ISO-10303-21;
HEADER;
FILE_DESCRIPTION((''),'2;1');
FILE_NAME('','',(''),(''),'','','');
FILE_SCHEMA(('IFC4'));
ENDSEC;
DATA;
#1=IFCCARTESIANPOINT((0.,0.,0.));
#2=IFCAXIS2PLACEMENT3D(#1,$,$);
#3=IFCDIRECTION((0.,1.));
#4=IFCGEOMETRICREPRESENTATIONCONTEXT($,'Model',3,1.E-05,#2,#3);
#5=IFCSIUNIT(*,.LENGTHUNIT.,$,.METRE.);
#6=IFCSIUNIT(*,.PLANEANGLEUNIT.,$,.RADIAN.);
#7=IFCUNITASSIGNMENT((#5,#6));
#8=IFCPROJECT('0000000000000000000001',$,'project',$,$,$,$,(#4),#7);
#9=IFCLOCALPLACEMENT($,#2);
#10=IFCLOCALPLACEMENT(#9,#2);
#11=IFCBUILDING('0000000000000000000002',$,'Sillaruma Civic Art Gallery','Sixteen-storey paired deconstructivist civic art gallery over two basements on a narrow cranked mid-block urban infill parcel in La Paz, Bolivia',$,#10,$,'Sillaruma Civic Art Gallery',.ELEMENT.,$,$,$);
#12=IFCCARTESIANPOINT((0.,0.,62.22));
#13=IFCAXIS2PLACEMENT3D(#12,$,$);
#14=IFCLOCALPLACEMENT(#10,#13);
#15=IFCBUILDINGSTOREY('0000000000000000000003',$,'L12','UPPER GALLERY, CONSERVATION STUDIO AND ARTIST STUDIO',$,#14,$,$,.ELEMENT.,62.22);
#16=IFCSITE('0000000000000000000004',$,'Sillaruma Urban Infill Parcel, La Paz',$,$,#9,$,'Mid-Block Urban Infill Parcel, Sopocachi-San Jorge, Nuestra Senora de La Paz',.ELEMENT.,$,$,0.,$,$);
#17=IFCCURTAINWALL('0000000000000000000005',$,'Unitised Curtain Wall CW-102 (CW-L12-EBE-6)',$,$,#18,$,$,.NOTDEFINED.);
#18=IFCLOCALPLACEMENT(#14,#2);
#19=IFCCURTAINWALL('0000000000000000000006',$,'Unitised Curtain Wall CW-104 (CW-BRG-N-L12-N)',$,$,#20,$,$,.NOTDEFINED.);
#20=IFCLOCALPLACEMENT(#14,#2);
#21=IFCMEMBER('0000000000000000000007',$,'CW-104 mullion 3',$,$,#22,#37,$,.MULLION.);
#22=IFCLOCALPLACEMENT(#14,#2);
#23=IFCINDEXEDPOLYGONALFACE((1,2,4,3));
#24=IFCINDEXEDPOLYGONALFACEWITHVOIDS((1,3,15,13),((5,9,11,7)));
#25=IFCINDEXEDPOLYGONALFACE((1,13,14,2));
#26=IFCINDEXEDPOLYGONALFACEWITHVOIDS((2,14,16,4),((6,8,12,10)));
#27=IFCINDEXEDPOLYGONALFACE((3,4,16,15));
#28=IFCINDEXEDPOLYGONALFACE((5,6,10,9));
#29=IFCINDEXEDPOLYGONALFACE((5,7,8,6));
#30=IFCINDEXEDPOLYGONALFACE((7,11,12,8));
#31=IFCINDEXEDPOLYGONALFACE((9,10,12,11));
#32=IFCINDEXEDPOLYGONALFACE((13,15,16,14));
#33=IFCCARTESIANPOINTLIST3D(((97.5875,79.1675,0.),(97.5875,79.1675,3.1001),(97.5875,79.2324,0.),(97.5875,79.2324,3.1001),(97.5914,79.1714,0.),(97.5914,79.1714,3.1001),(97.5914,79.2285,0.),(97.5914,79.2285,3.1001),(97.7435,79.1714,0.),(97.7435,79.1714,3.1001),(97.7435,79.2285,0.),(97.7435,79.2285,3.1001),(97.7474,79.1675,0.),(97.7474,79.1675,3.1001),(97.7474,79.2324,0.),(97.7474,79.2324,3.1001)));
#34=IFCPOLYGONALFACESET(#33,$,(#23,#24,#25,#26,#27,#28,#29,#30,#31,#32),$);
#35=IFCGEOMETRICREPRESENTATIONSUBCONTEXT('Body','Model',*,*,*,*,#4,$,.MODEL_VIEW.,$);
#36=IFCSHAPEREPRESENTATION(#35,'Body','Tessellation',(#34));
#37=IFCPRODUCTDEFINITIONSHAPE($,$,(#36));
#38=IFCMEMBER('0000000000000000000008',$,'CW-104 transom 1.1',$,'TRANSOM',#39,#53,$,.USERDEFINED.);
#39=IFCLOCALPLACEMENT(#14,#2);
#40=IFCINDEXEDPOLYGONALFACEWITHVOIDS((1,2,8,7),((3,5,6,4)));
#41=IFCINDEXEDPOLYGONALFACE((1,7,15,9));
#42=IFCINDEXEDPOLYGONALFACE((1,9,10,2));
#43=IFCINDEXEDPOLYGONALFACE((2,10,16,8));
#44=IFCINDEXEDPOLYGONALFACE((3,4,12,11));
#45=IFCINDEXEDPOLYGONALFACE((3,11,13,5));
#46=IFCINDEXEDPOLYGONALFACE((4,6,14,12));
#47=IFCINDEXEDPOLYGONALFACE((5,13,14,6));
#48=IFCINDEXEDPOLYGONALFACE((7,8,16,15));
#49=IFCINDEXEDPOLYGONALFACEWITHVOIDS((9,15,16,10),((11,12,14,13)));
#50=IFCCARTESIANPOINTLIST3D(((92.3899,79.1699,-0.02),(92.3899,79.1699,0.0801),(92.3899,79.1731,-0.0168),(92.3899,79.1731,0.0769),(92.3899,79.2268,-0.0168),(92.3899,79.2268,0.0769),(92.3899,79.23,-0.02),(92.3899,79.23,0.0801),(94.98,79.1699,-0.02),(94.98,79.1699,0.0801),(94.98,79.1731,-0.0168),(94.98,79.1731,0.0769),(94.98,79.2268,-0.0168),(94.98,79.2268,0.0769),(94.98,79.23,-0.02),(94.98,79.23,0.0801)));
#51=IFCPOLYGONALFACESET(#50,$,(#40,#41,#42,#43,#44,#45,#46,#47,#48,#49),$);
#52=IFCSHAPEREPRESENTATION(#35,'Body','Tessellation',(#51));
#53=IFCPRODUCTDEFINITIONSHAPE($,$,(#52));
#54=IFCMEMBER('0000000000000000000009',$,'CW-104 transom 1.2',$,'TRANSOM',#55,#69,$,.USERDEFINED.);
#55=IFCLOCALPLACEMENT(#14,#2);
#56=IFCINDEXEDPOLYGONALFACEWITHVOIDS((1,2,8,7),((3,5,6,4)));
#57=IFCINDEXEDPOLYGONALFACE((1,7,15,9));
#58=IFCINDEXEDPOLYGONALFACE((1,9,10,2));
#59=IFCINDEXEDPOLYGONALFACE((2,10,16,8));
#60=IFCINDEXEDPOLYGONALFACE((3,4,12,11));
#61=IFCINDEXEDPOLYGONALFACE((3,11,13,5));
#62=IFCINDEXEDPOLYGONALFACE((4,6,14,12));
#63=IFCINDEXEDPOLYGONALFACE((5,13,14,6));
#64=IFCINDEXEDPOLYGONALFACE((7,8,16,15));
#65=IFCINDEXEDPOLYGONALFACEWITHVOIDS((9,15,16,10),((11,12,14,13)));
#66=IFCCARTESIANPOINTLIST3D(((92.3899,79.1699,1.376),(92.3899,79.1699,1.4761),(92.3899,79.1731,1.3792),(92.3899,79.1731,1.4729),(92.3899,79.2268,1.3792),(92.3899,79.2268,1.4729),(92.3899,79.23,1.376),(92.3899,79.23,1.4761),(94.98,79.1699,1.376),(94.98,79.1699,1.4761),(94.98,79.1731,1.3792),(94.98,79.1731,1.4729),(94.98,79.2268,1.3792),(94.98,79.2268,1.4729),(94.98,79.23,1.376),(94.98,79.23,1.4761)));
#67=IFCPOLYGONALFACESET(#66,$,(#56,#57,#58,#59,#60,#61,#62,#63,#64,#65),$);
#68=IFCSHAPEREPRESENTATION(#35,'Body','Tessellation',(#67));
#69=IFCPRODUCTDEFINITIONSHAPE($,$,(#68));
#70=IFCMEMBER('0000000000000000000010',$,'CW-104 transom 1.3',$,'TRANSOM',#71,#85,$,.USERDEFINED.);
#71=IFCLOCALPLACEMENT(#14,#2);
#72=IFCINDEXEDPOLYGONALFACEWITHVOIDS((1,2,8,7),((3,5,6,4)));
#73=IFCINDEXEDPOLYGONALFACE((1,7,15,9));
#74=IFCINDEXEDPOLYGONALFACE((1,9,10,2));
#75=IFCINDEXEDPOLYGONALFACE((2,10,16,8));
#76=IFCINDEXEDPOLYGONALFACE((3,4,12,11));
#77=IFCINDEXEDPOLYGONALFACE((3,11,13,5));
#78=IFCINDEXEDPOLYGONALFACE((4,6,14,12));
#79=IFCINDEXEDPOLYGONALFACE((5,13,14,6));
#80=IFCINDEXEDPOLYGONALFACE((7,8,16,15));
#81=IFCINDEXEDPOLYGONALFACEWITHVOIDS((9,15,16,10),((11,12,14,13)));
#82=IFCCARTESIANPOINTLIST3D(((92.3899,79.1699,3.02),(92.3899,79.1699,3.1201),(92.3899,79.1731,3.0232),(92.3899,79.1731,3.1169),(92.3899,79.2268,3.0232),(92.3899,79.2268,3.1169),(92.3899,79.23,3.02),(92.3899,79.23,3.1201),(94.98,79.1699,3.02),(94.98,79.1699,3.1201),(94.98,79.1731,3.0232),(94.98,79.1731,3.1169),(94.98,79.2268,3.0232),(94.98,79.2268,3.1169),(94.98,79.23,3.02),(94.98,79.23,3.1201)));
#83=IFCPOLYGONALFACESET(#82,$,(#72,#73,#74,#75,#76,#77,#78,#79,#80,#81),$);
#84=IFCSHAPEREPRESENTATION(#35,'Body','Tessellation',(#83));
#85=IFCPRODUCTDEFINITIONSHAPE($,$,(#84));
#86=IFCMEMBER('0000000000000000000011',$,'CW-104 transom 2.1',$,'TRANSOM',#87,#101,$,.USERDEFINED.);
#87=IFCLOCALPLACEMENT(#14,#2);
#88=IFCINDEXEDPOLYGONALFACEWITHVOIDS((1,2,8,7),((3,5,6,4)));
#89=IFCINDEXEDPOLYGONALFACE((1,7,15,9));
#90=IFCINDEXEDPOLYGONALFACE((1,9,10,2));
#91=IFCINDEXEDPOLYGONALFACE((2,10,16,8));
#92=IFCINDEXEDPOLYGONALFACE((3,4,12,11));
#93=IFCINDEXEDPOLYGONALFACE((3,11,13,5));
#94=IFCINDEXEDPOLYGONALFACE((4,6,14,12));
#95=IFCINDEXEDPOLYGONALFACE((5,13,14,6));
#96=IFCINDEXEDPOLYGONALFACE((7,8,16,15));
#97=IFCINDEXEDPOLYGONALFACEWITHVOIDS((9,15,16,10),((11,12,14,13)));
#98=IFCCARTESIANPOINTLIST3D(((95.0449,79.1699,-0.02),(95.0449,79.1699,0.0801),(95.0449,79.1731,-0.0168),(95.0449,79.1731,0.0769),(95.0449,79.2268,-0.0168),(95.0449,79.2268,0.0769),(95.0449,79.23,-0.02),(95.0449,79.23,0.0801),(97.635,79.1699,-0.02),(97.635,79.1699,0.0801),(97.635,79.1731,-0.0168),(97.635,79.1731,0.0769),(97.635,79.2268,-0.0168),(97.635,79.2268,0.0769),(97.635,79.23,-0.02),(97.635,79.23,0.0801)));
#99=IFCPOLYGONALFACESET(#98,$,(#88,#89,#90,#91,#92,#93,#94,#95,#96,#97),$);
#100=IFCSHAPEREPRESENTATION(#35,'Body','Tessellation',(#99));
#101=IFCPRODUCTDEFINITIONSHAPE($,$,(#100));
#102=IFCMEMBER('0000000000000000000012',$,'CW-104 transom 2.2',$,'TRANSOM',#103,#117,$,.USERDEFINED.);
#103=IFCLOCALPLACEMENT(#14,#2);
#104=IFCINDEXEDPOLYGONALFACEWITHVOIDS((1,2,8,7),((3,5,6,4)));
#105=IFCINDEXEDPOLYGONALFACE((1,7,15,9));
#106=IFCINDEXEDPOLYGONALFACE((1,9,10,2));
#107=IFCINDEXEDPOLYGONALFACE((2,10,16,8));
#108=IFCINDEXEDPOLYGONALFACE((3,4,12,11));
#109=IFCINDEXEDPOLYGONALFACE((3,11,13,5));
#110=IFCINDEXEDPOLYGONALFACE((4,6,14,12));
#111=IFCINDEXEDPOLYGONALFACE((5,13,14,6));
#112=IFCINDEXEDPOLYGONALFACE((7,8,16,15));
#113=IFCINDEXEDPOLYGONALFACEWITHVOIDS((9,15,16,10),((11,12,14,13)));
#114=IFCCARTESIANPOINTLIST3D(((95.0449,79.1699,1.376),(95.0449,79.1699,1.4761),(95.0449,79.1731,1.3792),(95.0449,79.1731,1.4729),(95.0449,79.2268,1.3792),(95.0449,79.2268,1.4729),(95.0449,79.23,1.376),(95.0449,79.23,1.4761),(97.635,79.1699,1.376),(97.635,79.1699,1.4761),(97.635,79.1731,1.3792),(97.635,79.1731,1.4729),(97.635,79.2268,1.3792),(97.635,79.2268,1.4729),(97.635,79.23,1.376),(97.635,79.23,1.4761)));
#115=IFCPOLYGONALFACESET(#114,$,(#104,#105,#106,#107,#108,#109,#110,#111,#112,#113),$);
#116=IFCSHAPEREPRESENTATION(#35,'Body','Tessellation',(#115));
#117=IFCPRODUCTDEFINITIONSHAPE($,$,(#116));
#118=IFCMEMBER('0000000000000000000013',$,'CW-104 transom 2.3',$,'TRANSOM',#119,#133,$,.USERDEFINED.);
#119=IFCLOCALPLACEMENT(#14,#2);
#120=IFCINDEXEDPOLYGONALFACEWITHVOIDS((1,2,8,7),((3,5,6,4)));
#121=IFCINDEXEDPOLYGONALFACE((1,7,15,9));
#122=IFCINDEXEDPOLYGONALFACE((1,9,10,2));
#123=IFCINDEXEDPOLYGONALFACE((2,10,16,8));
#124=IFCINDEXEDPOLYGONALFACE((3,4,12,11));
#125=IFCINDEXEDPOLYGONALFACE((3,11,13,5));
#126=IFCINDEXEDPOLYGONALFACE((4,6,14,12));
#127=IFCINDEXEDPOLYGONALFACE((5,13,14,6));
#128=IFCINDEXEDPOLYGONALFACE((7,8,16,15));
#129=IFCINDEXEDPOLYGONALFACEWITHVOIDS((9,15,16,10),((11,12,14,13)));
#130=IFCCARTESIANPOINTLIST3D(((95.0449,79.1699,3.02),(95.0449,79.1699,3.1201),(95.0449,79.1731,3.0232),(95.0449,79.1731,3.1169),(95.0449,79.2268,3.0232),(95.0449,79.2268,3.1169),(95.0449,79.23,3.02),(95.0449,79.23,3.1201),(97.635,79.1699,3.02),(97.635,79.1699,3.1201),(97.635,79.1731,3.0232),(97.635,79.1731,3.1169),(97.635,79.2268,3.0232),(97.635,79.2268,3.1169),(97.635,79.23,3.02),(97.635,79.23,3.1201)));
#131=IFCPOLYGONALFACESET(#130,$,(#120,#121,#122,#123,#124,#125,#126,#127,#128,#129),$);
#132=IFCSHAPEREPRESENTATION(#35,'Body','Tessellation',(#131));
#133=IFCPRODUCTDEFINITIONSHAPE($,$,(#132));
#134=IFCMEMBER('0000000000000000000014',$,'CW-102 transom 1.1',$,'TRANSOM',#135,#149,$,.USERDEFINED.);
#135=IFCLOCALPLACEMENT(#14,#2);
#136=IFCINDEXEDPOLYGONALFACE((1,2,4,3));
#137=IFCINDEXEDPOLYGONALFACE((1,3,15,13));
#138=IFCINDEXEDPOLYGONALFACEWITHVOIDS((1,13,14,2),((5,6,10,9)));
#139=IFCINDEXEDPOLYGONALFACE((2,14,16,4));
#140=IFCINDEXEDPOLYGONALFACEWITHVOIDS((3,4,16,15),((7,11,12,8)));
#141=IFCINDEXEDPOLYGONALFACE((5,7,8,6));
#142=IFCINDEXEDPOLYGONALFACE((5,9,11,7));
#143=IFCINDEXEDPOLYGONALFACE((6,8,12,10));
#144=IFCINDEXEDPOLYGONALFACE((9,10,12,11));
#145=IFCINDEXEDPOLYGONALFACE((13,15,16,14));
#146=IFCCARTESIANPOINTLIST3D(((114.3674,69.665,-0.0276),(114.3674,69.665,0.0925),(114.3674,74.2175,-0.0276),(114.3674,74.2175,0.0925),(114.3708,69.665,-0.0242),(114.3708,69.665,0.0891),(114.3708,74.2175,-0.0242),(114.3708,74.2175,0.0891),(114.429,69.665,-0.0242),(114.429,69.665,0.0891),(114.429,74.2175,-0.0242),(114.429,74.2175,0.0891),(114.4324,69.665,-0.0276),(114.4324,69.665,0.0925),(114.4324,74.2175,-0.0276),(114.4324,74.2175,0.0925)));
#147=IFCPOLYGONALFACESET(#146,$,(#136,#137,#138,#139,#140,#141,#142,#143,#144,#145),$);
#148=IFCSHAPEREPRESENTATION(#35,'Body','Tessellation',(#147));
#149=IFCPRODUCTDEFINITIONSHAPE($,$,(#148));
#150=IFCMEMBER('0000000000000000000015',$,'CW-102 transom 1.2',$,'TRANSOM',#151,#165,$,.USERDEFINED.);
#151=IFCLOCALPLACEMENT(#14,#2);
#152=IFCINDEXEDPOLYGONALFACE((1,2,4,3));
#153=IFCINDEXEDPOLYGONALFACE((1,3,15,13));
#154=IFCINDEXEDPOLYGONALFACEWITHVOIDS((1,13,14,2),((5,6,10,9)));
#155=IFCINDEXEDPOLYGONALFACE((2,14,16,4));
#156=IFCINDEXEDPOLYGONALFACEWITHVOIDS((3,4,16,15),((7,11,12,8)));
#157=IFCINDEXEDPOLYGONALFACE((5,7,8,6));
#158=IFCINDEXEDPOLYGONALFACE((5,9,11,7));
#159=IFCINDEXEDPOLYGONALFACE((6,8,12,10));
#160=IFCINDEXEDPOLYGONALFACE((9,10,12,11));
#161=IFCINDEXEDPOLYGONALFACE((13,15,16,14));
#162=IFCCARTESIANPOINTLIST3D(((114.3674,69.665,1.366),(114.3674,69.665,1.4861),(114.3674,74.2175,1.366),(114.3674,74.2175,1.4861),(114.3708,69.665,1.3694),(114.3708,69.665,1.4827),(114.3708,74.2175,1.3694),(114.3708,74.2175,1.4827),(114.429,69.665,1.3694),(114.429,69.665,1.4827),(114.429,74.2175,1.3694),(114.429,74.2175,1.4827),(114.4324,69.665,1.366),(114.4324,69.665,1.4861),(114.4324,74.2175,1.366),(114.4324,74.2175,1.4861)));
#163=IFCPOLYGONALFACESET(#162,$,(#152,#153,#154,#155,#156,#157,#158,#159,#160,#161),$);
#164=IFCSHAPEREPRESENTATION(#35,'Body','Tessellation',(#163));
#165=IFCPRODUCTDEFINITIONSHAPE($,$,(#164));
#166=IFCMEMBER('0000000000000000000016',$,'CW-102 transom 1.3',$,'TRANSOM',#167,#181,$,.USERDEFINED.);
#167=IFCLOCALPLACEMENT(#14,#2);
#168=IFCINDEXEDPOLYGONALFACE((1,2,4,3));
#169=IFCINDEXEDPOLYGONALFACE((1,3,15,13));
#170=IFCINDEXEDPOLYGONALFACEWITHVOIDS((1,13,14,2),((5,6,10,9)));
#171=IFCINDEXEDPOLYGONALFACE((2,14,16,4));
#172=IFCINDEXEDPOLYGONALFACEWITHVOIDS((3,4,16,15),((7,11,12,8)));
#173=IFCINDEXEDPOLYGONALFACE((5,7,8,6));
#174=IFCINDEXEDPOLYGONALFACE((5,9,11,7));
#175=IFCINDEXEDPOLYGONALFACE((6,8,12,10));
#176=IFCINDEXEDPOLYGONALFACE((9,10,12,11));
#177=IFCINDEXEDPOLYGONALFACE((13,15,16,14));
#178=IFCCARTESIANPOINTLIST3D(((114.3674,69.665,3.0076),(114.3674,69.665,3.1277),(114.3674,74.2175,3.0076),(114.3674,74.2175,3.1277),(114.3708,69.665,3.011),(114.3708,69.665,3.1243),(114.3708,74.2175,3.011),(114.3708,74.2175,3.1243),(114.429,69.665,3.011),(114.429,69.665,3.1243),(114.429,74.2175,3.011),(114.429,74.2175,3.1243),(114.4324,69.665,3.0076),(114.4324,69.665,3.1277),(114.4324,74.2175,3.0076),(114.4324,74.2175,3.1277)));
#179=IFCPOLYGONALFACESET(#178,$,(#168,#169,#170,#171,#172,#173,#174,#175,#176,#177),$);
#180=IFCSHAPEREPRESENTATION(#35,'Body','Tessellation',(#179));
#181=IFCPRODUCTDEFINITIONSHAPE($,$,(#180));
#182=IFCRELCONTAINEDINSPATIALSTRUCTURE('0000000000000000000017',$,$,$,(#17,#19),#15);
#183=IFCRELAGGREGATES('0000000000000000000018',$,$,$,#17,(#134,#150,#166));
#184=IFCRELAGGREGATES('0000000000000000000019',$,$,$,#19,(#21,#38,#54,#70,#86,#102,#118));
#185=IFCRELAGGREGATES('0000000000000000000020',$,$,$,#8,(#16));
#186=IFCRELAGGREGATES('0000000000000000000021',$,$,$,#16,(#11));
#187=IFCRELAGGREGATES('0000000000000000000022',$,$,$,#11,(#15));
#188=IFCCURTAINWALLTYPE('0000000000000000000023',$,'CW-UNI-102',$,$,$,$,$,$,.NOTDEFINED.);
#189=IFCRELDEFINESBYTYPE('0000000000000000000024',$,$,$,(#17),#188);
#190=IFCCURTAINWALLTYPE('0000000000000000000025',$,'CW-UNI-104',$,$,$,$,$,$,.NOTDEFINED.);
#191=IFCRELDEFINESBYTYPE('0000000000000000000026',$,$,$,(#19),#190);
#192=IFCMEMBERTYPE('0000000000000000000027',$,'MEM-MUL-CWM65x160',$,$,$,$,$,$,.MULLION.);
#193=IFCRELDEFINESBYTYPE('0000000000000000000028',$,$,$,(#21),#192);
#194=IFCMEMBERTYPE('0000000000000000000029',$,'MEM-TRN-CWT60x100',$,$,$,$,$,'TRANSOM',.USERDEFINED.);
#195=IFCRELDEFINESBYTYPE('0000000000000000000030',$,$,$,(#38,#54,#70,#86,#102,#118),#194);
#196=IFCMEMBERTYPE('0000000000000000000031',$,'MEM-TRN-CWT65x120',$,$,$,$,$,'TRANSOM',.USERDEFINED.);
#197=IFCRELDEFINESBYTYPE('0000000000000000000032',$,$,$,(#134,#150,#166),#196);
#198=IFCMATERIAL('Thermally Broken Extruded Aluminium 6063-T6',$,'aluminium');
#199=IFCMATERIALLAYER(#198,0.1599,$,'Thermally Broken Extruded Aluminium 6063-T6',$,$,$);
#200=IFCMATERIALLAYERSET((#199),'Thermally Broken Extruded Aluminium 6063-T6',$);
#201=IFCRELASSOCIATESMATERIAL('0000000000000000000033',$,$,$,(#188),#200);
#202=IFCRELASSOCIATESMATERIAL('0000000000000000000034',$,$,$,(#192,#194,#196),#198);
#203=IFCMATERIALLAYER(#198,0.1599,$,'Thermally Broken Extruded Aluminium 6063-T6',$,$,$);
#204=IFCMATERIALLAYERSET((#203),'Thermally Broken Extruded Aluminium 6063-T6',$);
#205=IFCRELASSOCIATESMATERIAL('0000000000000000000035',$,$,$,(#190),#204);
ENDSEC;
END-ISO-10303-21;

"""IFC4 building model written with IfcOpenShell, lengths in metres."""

from ifc_helpers import new_model, si_unit, direction, frame, origin, origin_2d, place, context, subcontext, project, spatial, hollow_rectangle, extrude, material, layer, layer_set, material_profile, profile_set, type_object, element, aggregate, save


model = new_model("IFC4")

# Units and contexts
model_context = context("Model", 3, precision=1e-05, world=origin(), true_north=direction((0.0, 1.0)))
body_context = subcontext(model_context, "Body", "Model", "MODEL_VIEW")
ifc_project = project(units=[si_unit("LENGTHUNIT", "METRE"), si_unit("PLANEANGLEUNIT", "RADIAN")], contexts=[model_context])

# Site, building, storey
site_placement = place(None, origin())
site = spatial("IfcSite", under=ifc_project, at=site_placement, Name="Sillaruma Urban Infill Parcel, La Paz", LongName="Mid-Block Urban Infill Parcel, Sopocachi-San Jorge, Nuestra Senora de La Paz", CompositionType="ELEMENT", RefElevation=0.0)
building_placement = place(site_placement, origin())
building = spatial("IfcBuilding", under=site, at=building_placement, Name="Sillaruma Civic Art Gallery", Description="Sixteen-storey paired deconstructivist civic art gallery over two basements on a narrow cranked mid-block urban infill parcel in La Paz, Bolivia", LongName="Sillaruma Civic Art Gallery", CompositionType="ELEMENT")
storey_placement = place(building_placement, frame((0.0, 0.0, 62.22)))
storey = spatial("IfcBuildingStorey", under=building, at=storey_placement, Name="L12", Description="UPPER GALLERY, CONSERVATION STUDIO AND ARTIST STUDIO", CompositionType="ELEMENT", Elevation=62.22)

# Curtain walls, members
ifc_material_1 = material(Name="Thermally Broken Extruded Aluminium 6063-T6", Category="aluminium")
ifc_layer_1 = layer(ifc_material_1, 0.1599, Name="Thermally Broken Extruded Aluminium 6063-T6")
ifc_layer_set_1 = layer_set([ifc_layer_1], Name="Thermally Broken Extruded Aluminium 6063-T6")
curtain_wall_type_1 = type_object("IfcCurtainWallType", Name="CW-UNI-102", PredefinedType="NOTDEFINED", material=ifc_layer_set_1)
curtain_wall_1_placement = place(storey_placement, origin())
curtain_wall_1 = element("IfcCurtainWall", 1, at=curtain_wall_1_placement, inside=storey, type_object=curtain_wall_type_1, Name="Unitised Curtain Wall CW-102 (CW-L12-EBE-6)", PredefinedType="NOTDEFINED")
ifc_material_profile_1 = material_profile(ifc_material_1, hollow_rectangle(XDim=0.0649, YDim=0.1599, WallThickness=0.0039, at=origin_2d()), Name="CWM65x160")
ifc_profile_set_1 = profile_set([ifc_material_profile_1], Name="Thermally Broken Extruded Aluminium 6063-T6")
member_type_1 = type_object("IfcMemberType", Name="MEM-MUL-CWM65x160", PredefinedType="MULLION", material=ifc_profile_set_1)
ifc_layer_2 = layer(ifc_material_1, 0.1599, Name="Thermally Broken Extruded Aluminium 6063-T6")
ifc_layer_set_2 = layer_set([ifc_layer_2], Name="Thermally Broken Extruded Aluminium 6063-T6")
curtain_wall_type_2 = type_object("IfcCurtainWallType", Name="CW-UNI-104", PredefinedType="NOTDEFINED", material=ifc_layer_set_2)
curtain_wall_2_placement = place(storey_placement, origin())
curtain_wall_2 = element("IfcCurtainWall", 2, at=curtain_wall_2_placement, inside=storey, type_object=curtain_wall_type_2, Name="Unitised Curtain Wall CW-104 (CW-BRG-N-L12-N)", PredefinedType="NOTDEFINED")
member_1_placement = place(storey_placement, frame((97.6675, 79.2, 0.0), z_axis=(0.0, 0.0, 1.0), x_axis=(0.0, 1.0, 0.0)))
member_1 = element("IfcMember", 3, at=member_1_placement, type_object=member_type_1, Name="CW-104 mullion 3", PredefinedType="MULLION", context=body_context, shape_type="SweptSolid", body=[
    extrude(hollow_rectangle(XDim=0.0649, YDim=0.1599, WallThickness=0.0039, at=origin_2d()), origin(), (0.0, 0.0, 1.0), 3.1001),
])
ifc_material_profile_2 = material_profile(ifc_material_1, hollow_rectangle(XDim=0.0601, YDim=0.1001, WallThickness=0.0032, at=origin_2d()), Name="CWT60x100")
ifc_profile_set_2 = profile_set([ifc_material_profile_2], Name="Thermally Broken Extruded Aluminium 6063-T6")
member_type_2 = type_object("IfcMemberType", Name="MEM-TRN-CWT60x100", ElementType="TRANSOM", PredefinedType="USERDEFINED", material=ifc_profile_set_2)
member_2_placement = place(storey_placement, frame((92.3899, 79.2, 0.03), z_axis=(1.0, 0.0, 0.0), x_axis=(0.0, 1.0, 0.0)))
member_2 = element("IfcMember", 4, at=member_2_placement, type_object=member_type_2, Name="CW-104 transom 1.1", ObjectType="TRANSOM", PredefinedType="USERDEFINED", context=body_context, shape_type="SweptSolid", body=[
    extrude(hollow_rectangle(XDim=0.0601, YDim=0.1001, WallThickness=0.0032, at=origin_2d()), origin(), (0.0, 0.0, 1.0), 2.5901),
])
member_3_placement = place(storey_placement, frame((92.3899, 79.2, 1.426), z_axis=(1.0, 0.0, 0.0), x_axis=(0.0, 1.0, 0.0)))
member_3 = element("IfcMember", 5, at=member_3_placement, type_object=member_type_2, Name="CW-104 transom 1.2", ObjectType="TRANSOM", PredefinedType="USERDEFINED", context=body_context, shape_type="SweptSolid", body=[
    extrude(hollow_rectangle(XDim=0.0601, YDim=0.1001, WallThickness=0.0032, at=origin_2d()), origin(), (0.0, 0.0, 1.0), 2.5901),
])
member_4_placement = place(storey_placement, frame((92.3899, 79.2, 3.0701), z_axis=(1.0, 0.0, 0.0), x_axis=(0.0, 1.0, 0.0)))
member_4 = element("IfcMember", 6, at=member_4_placement, type_object=member_type_2, Name="CW-104 transom 1.3", ObjectType="TRANSOM", PredefinedType="USERDEFINED", context=body_context, shape_type="SweptSolid", body=[
    extrude(hollow_rectangle(XDim=0.0601, YDim=0.1001, WallThickness=0.0032, at=origin_2d()), origin(), (0.0, 0.0, 1.0), 2.5901),
])
member_5_placement = place(storey_placement, frame((95.0449, 79.2, 0.03), z_axis=(1.0, 0.0, 0.0), x_axis=(0.0, 1.0, 0.0)))
member_5 = element("IfcMember", 7, at=member_5_placement, type_object=member_type_2, Name="CW-104 transom 2.1", ObjectType="TRANSOM", PredefinedType="USERDEFINED", context=body_context, shape_type="SweptSolid", body=[
    extrude(hollow_rectangle(XDim=0.0601, YDim=0.1001, WallThickness=0.0032, at=origin_2d()), origin(), (0.0, 0.0, 1.0), 2.5901),
])
member_6_placement = place(storey_placement, frame((95.0449, 79.2, 1.426), z_axis=(1.0, 0.0, 0.0), x_axis=(0.0, 1.0, 0.0)))
member_6 = element("IfcMember", 8, at=member_6_placement, type_object=member_type_2, Name="CW-104 transom 2.2", ObjectType="TRANSOM", PredefinedType="USERDEFINED", context=body_context, shape_type="SweptSolid", body=[
    extrude(hollow_rectangle(XDim=0.0601, YDim=0.1001, WallThickness=0.0032, at=origin_2d()), origin(), (0.0, 0.0, 1.0), 2.5901),
])
member_7_placement = place(storey_placement, frame((95.0449, 79.2, 3.0701), z_axis=(1.0, 0.0, 0.0), x_axis=(0.0, 1.0, 0.0)))
member_7 = element("IfcMember", 9, at=member_7_placement, type_object=member_type_2, Name="CW-104 transom 2.3", ObjectType="TRANSOM", PredefinedType="USERDEFINED", context=body_context, shape_type="SweptSolid", body=[
    extrude(hollow_rectangle(XDim=0.0601, YDim=0.1001, WallThickness=0.0032, at=origin_2d()), origin(), (0.0, 0.0, 1.0), 2.5901),
])

# Members
ifc_material_profile_3 = material_profile(ifc_material_1, hollow_rectangle(XDim=0.0649, YDim=0.1201, WallThickness=0.0034, at=origin_2d()), Name="CWT65x120")
ifc_profile_set_3 = profile_set([ifc_material_profile_3], Name="Thermally Broken Extruded Aluminium 6063-T6")
member_type_3 = type_object("IfcMemberType", Name="MEM-TRN-CWT65x120", ElementType="TRANSOM", PredefinedType="USERDEFINED", material=ifc_profile_set_3)
member_8_placement = place(storey_placement, frame((114.3999, 69.665, 0.0325), z_axis=(0.0, 1.0, 0.0), x_axis=(-1.0, 0.0, 0.0)))
member_8 = element("IfcMember", 10, at=member_8_placement, type_object=member_type_3, Name="CW-102 transom 1.1", ObjectType="TRANSOM", PredefinedType="USERDEFINED", context=body_context, shape_type="SweptSolid", body=[
    extrude(hollow_rectangle(XDim=0.0649, YDim=0.1201, WallThickness=0.0034, at=origin_2d()), origin(), (0.0, 0.0, 1.0), 4.5525),
])
member_9_placement = place(storey_placement, frame((114.3999, 69.665, 1.426), z_axis=(0.0, 1.0, 0.0), x_axis=(-1.0, 0.0, 0.0)))
member_9 = element("IfcMember", 11, at=member_9_placement, type_object=member_type_3, Name="CW-102 transom 1.2", ObjectType="TRANSOM", PredefinedType="USERDEFINED", context=body_context, shape_type="SweptSolid", body=[
    extrude(hollow_rectangle(XDim=0.0649, YDim=0.1201, WallThickness=0.0034, at=origin_2d()), origin(), (0.0, 0.0, 1.0), 4.5525),
])
member_10_placement = place(storey_placement, frame((114.3999, 69.665, 3.0676), z_axis=(0.0, 1.0, 0.0), x_axis=(-1.0, 0.0, 0.0)))
member_10 = element("IfcMember", 12, at=member_10_placement, type_object=member_type_3, Name="CW-102 transom 1.3", ObjectType="TRANSOM", PredefinedType="USERDEFINED", context=body_context, shape_type="SweptSolid", body=[
    extrude(hollow_rectangle(XDim=0.0649, YDim=0.1201, WallThickness=0.0034, at=origin_2d()), origin(), (0.0, 0.0, 1.0), 4.5525),
])

aggregate(curtain_wall_1, [member_8, member_9, member_10])
aggregate(curtain_wall_2, [member_1, member_2, member_3, member_4, member_5, member_6, member_7])

save(model, "model.ifc")
